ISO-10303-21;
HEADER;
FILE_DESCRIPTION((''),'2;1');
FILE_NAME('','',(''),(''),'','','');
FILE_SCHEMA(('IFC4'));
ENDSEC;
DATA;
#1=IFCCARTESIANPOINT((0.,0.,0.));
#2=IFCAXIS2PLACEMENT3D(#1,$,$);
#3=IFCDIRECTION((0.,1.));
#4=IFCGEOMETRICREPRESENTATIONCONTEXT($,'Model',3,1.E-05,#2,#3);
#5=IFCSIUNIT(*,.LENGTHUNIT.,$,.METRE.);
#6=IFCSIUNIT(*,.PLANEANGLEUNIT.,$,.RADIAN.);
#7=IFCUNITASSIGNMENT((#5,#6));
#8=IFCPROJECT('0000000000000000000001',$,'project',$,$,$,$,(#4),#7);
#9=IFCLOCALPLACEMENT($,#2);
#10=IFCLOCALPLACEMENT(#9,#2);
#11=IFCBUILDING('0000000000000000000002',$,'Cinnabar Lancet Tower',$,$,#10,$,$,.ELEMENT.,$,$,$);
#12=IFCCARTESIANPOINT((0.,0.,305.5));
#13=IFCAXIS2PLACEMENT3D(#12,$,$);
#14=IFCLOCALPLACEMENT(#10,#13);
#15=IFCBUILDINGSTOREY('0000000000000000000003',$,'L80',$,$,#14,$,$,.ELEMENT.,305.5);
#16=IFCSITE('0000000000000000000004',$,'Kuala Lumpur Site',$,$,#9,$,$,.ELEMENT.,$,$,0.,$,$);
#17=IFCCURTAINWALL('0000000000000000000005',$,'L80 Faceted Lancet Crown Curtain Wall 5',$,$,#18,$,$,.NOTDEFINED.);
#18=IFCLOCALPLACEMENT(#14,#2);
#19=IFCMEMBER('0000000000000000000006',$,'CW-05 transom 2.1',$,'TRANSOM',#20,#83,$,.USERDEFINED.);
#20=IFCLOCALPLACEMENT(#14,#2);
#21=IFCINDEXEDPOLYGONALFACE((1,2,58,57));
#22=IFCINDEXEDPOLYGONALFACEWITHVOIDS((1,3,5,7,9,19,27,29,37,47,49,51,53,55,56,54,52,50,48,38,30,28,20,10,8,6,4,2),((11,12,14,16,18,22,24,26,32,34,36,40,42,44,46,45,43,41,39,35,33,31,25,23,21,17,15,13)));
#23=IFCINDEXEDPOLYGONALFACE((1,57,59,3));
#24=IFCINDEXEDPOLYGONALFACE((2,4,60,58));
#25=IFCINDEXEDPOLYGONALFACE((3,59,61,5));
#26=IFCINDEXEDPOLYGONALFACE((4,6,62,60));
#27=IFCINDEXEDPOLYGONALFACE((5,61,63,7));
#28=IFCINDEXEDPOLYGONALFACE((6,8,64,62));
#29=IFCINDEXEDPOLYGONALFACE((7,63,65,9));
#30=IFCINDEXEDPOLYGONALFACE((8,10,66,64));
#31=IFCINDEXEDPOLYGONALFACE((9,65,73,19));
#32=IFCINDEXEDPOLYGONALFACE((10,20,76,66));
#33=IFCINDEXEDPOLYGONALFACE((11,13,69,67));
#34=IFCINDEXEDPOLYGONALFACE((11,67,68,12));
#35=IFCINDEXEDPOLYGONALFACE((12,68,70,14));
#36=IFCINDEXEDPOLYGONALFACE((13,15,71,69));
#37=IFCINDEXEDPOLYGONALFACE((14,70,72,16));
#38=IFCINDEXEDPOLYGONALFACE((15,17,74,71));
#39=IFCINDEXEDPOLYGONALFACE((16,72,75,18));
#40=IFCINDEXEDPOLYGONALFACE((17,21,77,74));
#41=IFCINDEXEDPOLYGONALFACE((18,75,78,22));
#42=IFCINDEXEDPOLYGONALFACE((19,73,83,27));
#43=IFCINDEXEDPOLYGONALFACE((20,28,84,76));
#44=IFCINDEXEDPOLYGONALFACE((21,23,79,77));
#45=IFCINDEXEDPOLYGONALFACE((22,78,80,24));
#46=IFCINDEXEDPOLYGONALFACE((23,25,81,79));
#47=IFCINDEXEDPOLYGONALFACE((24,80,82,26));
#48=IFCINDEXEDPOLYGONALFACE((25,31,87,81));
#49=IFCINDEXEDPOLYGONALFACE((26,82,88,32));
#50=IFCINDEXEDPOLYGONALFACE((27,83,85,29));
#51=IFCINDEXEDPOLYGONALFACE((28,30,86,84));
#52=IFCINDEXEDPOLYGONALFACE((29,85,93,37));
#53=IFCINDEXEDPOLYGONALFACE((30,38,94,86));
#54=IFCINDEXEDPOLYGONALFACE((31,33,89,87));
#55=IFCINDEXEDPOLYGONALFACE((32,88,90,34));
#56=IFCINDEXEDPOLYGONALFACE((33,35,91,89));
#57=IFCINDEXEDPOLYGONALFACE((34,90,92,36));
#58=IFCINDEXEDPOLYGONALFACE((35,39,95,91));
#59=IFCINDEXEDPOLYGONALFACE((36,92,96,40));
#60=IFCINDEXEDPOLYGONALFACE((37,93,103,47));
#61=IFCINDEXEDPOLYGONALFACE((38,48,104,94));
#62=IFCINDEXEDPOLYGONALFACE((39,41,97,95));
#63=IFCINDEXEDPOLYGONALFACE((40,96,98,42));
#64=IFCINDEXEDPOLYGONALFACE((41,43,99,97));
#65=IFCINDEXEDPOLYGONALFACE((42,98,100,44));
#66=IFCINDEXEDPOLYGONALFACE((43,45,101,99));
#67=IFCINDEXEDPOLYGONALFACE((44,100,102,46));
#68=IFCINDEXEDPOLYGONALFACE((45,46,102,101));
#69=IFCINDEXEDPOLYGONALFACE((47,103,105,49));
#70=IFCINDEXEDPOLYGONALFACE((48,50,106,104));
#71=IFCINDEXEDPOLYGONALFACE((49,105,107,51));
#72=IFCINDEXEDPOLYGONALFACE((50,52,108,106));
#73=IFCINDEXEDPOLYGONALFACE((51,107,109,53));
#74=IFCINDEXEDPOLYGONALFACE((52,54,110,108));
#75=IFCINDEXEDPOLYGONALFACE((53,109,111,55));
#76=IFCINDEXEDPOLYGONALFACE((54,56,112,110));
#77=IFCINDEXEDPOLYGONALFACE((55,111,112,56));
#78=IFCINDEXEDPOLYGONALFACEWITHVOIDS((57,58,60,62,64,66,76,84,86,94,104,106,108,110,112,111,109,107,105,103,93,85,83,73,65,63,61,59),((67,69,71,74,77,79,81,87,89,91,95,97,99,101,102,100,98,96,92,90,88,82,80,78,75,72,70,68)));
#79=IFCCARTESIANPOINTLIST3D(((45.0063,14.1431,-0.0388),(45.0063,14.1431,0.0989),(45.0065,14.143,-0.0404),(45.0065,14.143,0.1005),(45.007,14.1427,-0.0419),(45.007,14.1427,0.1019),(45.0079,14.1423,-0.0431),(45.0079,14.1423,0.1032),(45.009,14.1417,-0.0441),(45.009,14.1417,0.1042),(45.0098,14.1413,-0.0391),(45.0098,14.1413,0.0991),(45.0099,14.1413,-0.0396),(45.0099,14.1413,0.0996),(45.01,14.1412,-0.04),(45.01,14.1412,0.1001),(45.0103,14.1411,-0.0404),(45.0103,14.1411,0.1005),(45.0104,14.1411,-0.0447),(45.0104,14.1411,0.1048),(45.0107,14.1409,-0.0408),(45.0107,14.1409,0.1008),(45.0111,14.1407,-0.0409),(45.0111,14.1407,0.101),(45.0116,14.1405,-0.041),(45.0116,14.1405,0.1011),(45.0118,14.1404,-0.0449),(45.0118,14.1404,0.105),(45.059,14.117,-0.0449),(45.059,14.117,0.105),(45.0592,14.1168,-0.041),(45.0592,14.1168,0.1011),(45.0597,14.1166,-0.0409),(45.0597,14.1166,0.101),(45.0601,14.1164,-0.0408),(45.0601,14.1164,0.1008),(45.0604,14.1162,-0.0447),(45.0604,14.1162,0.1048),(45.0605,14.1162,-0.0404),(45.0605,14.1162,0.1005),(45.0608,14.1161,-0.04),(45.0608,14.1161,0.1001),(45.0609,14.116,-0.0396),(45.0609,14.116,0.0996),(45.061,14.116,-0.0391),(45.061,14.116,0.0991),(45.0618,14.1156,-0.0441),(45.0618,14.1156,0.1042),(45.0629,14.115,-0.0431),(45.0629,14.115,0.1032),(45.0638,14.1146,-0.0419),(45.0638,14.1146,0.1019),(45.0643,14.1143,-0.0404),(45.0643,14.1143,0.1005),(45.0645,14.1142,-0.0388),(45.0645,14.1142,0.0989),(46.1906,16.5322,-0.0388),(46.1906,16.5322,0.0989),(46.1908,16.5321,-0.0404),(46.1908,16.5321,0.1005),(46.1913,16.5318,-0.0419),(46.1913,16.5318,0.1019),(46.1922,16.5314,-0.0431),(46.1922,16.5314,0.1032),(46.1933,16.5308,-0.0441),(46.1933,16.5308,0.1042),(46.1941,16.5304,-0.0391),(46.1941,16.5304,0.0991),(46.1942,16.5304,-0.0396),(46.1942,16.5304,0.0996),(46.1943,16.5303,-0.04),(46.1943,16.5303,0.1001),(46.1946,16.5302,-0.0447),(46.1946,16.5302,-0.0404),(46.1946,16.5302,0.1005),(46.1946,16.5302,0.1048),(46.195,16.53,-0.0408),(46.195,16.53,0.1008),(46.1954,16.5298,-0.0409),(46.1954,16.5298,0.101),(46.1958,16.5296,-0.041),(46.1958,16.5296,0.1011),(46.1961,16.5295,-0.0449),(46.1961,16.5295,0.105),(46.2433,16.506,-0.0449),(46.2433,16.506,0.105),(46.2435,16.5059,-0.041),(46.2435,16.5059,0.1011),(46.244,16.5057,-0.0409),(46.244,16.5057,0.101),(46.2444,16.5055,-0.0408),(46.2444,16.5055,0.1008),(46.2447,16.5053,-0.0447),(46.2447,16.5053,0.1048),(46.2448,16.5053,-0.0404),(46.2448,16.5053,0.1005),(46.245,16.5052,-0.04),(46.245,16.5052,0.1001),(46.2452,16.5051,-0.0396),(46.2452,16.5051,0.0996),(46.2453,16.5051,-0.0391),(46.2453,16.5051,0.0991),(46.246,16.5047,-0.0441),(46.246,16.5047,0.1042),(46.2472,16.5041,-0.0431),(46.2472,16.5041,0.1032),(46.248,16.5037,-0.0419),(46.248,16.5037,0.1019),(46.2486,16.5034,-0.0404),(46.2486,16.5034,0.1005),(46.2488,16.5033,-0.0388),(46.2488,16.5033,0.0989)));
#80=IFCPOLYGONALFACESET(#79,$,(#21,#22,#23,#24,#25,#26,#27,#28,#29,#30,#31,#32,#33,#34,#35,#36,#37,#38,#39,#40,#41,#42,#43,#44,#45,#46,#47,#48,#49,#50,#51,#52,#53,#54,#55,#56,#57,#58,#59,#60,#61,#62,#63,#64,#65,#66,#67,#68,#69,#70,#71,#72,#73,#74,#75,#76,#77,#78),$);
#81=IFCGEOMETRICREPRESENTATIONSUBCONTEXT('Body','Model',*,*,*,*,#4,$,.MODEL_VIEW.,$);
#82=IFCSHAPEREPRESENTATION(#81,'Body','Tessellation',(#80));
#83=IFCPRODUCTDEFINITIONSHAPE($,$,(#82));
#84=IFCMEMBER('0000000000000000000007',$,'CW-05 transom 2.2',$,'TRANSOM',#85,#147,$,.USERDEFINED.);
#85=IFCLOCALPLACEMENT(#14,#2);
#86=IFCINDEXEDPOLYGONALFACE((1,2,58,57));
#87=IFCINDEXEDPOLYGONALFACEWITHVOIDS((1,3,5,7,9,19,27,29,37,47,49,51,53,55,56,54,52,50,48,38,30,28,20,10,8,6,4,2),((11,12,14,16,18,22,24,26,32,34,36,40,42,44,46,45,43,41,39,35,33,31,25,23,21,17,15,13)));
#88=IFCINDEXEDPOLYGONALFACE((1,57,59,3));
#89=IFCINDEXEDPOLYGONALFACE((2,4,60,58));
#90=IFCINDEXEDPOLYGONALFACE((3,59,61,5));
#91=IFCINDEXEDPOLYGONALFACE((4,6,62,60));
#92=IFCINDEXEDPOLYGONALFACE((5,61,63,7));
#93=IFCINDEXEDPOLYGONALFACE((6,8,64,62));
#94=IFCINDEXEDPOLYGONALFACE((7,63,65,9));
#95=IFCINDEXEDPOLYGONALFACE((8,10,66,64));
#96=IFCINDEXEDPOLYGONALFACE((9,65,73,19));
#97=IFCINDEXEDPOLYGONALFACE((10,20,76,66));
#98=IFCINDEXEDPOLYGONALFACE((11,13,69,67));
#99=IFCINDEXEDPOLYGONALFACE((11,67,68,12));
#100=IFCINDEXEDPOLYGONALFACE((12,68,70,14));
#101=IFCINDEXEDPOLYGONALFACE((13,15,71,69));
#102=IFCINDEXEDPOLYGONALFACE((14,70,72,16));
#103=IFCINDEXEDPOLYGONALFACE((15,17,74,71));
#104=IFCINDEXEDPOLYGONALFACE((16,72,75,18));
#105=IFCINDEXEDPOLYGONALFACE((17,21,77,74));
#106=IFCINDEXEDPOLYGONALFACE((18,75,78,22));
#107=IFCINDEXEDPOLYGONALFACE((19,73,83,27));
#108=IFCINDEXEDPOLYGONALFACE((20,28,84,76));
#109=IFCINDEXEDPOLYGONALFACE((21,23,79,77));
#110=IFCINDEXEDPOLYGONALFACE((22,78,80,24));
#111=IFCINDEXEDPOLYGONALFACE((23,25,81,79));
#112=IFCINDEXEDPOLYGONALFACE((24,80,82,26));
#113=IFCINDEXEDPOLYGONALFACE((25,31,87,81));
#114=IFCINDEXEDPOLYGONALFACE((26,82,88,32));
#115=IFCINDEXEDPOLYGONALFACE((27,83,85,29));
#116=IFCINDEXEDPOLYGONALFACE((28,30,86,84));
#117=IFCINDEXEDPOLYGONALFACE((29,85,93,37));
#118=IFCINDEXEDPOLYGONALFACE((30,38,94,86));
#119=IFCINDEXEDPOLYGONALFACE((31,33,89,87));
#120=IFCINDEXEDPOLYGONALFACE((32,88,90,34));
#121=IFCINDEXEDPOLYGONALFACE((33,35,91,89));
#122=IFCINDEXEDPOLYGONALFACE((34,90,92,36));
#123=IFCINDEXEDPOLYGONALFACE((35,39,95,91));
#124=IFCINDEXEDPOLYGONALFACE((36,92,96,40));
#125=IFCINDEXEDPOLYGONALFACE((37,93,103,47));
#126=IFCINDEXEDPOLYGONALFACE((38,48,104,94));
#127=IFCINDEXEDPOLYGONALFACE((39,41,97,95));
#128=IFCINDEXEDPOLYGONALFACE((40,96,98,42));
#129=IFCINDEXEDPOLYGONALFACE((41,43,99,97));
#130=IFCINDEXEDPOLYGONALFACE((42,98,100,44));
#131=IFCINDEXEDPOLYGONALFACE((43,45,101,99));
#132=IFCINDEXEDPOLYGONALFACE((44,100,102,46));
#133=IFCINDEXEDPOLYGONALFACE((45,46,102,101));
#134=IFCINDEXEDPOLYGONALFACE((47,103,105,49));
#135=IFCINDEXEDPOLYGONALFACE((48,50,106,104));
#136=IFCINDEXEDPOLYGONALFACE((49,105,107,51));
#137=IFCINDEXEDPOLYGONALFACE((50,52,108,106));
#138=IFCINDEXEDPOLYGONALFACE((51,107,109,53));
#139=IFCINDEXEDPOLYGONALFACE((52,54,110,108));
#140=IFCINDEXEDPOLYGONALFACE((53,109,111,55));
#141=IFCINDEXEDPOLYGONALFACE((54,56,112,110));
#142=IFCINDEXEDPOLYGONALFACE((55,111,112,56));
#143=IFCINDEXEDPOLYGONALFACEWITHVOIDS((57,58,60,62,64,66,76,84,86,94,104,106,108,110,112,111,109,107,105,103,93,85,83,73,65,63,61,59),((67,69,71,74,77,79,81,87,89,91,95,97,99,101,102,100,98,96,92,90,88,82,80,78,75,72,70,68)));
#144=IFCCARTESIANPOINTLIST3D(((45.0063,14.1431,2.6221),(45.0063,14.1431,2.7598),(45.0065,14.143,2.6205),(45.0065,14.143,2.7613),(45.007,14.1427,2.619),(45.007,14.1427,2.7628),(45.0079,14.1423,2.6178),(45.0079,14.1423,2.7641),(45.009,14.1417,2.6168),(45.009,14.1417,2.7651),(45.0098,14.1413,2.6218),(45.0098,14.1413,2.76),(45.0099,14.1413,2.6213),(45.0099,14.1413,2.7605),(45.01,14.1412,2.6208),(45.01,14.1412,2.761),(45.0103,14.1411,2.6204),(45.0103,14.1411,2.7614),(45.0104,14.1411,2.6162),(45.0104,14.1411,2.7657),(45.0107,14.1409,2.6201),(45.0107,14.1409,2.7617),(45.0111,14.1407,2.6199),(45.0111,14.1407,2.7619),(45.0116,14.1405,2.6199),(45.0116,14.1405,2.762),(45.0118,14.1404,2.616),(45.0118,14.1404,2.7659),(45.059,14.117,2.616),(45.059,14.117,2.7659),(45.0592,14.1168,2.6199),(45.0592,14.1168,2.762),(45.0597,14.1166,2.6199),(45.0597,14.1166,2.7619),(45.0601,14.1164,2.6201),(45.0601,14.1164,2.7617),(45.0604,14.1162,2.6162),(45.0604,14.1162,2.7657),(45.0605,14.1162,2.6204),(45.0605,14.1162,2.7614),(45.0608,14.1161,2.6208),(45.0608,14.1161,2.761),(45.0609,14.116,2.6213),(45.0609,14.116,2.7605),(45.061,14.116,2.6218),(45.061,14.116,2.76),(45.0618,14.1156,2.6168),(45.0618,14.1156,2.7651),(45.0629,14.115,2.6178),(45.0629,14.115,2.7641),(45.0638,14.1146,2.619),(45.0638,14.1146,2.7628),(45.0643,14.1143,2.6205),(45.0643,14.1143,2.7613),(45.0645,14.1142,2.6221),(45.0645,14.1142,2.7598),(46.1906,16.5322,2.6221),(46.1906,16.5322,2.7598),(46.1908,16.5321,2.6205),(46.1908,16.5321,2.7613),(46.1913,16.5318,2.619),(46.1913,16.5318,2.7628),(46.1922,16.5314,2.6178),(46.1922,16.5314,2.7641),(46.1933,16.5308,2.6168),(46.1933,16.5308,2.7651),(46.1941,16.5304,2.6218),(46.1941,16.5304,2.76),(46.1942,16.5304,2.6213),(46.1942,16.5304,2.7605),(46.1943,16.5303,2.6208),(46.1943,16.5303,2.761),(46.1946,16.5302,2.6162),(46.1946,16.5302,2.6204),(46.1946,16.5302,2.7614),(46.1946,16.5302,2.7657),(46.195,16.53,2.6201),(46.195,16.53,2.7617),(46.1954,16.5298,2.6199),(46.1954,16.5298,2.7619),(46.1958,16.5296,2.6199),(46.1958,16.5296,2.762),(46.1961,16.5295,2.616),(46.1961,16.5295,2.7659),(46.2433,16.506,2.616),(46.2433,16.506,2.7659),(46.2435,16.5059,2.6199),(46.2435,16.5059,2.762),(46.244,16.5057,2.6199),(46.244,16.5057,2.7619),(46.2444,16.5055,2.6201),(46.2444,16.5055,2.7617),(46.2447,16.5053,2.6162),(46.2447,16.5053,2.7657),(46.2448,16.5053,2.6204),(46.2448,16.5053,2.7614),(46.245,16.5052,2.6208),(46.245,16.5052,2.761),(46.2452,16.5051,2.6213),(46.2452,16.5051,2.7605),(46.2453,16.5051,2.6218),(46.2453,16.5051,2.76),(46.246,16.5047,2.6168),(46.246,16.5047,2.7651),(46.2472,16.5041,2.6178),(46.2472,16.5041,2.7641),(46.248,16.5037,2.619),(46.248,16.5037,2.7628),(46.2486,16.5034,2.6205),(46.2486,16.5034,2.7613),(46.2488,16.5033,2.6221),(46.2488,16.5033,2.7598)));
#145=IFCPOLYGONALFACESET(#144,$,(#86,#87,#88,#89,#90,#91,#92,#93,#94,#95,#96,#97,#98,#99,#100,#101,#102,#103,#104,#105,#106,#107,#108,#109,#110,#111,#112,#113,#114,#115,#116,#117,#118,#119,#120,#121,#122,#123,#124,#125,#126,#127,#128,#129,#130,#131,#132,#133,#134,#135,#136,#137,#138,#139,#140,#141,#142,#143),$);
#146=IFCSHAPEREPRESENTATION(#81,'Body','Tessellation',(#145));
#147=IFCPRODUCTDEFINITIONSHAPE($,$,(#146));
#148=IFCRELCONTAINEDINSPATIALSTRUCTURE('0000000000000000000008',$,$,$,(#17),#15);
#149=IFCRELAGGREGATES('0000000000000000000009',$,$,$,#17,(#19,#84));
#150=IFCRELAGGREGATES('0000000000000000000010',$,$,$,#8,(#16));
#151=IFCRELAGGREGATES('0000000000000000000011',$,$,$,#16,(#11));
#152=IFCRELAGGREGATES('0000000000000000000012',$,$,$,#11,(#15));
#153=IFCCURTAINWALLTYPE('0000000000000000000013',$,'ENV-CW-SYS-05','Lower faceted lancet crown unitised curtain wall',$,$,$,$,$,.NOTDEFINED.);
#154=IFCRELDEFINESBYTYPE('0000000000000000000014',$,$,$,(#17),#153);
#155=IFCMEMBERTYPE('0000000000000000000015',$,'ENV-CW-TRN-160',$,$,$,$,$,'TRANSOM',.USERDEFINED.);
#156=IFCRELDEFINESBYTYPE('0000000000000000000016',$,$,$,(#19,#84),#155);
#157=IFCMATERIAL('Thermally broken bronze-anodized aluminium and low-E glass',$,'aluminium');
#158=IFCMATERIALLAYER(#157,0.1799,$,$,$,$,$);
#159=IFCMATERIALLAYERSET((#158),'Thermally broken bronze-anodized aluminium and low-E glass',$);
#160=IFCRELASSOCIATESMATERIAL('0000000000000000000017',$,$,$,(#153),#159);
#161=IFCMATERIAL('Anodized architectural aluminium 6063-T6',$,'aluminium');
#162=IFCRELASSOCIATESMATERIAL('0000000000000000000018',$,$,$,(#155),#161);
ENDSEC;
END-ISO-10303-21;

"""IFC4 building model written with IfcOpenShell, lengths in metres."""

from ifc_helpers import new_model, si_unit, direction, frame, origin, origin_2d, place, context, subcontext, project, spatial, hollow_rectangle, extrude, material, layer, layer_set, material_profile, profile_set, type_object, element, aggregate, save


model = new_model("IFC4")

# Units and contexts
model_context = context("Model", 3, precision=1e-05, world=origin(), true_north=direction((0.0, 1.0)))
body_context = subcontext(model_context, "Body", "Model", "MODEL_VIEW")
ifc_project = project(units=[si_unit("LENGTHUNIT", "METRE"), si_unit("PLANEANGLEUNIT", "RADIAN")], contexts=[model_context])

# Site, building, storey
site_placement = place(None, origin())
site = spatial("IfcSite", under=ifc_project, at=site_placement, Name="Kuala Lumpur Site", CompositionType="ELEMENT", RefElevation=0.0)
building_placement = place(site_placement, origin())
building = spatial("IfcBuilding", under=site, at=building_placement, Name="Cinnabar Lancet Tower", CompositionType="ELEMENT")
storey_placement = place(building_placement, frame((0.0, 0.0, 305.5)))
storey = spatial("IfcBuildingStorey", under=building, at=storey_placement, Name="L80", CompositionType="ELEMENT", Elevation=305.5)

# Curtain wall, members
ifc_material_1 = material(Name="Thermally broken bronze-anodized aluminium and low-E glass", Category="aluminium")
ifc_layer_1 = layer(ifc_material_1, 0.1799)
ifc_layer_set_1 = layer_set([ifc_layer_1], Name="Thermally broken bronze-anodized aluminium and low-E glass")
curtain_wall_type = type_object("IfcCurtainWallType", Name="ENV-CW-SYS-05", Description="Lower faceted lancet crown unitised curtain wall", PredefinedType="NOTDEFINED", material=ifc_layer_set_1)
curtain_wall_placement = place(storey_placement, origin())
curtain_wall = element("IfcCurtainWall", 1, at=curtain_wall_placement, inside=storey, type_object=curtain_wall_type, Name="L80 Faceted Lancet Crown Curtain Wall 5", PredefinedType="NOTDEFINED")
ifc_material_2 = material(Name="Anodized architectural aluminium 6063-T6", Category="aluminium")
ifc_material_profile_1 = material_profile(ifc_material_2, hollow_rectangle(XDim=0.0649, YDim=0.1499, WallThickness=0.0039, InnerFilletRadius=0.002, OuterFilletRadius=0.0061, at=origin_2d()), Name="CW-TRN 150x65x4")
ifc_profile_set_1 = profile_set([ifc_material_profile_1], Name="Anodized architectural aluminium 6063-T6")
member_type_1 = type_object("IfcMemberType", Name="ENV-CW-TRN-160", ElementType="TRANSOM", PredefinedType="USERDEFINED", material=ifc_profile_set_1)
member_1_placement = place(storey_placement, frame((45.0354, 14.1287, 0.03), z_axis=(0.444135, 0.89596, 0.0), x_axis=(-0.89596, 0.444135, 0.0)))
member_1 = element("IfcMember", 2, at=member_1_placement, type_object=member_type_1, Name="CW-05 transom 2.1", ObjectType="TRANSOM", PredefinedType="USERDEFINED", context=body_context, shape_type="SweptSolid", body=[
    extrude(hollow_rectangle(XDim=0.0649, YDim=0.1499, WallThickness=0.0039, InnerFilletRadius=0.002, OuterFilletRadius=0.0061, at=origin_2d()), origin(), (0.0, 0.0, 1.0), 2.6665),
])
member_2_placement = place(storey_placement, frame((45.0354, 14.1287, 2.6909), z_axis=(0.444135, 0.89596, 0.0), x_axis=(-0.89596, 0.444135, 0.0)))
member_2 = element("IfcMember", 3, at=member_2_placement, type_object=member_type_1, Name="CW-05 transom 2.2", ObjectType="TRANSOM", PredefinedType="USERDEFINED", context=body_context, shape_type="SweptSolid", body=[
    extrude(hollow_rectangle(XDim=0.0649, YDim=0.1499, WallThickness=0.0039, InnerFilletRadius=0.002, OuterFilletRadius=0.0061, at=origin_2d()), origin(), (0.0, 0.0, 1.0), 2.6665),
])
aggregate(curtain_wall, [member_1, member_2])

save(model, "model.ifc")
